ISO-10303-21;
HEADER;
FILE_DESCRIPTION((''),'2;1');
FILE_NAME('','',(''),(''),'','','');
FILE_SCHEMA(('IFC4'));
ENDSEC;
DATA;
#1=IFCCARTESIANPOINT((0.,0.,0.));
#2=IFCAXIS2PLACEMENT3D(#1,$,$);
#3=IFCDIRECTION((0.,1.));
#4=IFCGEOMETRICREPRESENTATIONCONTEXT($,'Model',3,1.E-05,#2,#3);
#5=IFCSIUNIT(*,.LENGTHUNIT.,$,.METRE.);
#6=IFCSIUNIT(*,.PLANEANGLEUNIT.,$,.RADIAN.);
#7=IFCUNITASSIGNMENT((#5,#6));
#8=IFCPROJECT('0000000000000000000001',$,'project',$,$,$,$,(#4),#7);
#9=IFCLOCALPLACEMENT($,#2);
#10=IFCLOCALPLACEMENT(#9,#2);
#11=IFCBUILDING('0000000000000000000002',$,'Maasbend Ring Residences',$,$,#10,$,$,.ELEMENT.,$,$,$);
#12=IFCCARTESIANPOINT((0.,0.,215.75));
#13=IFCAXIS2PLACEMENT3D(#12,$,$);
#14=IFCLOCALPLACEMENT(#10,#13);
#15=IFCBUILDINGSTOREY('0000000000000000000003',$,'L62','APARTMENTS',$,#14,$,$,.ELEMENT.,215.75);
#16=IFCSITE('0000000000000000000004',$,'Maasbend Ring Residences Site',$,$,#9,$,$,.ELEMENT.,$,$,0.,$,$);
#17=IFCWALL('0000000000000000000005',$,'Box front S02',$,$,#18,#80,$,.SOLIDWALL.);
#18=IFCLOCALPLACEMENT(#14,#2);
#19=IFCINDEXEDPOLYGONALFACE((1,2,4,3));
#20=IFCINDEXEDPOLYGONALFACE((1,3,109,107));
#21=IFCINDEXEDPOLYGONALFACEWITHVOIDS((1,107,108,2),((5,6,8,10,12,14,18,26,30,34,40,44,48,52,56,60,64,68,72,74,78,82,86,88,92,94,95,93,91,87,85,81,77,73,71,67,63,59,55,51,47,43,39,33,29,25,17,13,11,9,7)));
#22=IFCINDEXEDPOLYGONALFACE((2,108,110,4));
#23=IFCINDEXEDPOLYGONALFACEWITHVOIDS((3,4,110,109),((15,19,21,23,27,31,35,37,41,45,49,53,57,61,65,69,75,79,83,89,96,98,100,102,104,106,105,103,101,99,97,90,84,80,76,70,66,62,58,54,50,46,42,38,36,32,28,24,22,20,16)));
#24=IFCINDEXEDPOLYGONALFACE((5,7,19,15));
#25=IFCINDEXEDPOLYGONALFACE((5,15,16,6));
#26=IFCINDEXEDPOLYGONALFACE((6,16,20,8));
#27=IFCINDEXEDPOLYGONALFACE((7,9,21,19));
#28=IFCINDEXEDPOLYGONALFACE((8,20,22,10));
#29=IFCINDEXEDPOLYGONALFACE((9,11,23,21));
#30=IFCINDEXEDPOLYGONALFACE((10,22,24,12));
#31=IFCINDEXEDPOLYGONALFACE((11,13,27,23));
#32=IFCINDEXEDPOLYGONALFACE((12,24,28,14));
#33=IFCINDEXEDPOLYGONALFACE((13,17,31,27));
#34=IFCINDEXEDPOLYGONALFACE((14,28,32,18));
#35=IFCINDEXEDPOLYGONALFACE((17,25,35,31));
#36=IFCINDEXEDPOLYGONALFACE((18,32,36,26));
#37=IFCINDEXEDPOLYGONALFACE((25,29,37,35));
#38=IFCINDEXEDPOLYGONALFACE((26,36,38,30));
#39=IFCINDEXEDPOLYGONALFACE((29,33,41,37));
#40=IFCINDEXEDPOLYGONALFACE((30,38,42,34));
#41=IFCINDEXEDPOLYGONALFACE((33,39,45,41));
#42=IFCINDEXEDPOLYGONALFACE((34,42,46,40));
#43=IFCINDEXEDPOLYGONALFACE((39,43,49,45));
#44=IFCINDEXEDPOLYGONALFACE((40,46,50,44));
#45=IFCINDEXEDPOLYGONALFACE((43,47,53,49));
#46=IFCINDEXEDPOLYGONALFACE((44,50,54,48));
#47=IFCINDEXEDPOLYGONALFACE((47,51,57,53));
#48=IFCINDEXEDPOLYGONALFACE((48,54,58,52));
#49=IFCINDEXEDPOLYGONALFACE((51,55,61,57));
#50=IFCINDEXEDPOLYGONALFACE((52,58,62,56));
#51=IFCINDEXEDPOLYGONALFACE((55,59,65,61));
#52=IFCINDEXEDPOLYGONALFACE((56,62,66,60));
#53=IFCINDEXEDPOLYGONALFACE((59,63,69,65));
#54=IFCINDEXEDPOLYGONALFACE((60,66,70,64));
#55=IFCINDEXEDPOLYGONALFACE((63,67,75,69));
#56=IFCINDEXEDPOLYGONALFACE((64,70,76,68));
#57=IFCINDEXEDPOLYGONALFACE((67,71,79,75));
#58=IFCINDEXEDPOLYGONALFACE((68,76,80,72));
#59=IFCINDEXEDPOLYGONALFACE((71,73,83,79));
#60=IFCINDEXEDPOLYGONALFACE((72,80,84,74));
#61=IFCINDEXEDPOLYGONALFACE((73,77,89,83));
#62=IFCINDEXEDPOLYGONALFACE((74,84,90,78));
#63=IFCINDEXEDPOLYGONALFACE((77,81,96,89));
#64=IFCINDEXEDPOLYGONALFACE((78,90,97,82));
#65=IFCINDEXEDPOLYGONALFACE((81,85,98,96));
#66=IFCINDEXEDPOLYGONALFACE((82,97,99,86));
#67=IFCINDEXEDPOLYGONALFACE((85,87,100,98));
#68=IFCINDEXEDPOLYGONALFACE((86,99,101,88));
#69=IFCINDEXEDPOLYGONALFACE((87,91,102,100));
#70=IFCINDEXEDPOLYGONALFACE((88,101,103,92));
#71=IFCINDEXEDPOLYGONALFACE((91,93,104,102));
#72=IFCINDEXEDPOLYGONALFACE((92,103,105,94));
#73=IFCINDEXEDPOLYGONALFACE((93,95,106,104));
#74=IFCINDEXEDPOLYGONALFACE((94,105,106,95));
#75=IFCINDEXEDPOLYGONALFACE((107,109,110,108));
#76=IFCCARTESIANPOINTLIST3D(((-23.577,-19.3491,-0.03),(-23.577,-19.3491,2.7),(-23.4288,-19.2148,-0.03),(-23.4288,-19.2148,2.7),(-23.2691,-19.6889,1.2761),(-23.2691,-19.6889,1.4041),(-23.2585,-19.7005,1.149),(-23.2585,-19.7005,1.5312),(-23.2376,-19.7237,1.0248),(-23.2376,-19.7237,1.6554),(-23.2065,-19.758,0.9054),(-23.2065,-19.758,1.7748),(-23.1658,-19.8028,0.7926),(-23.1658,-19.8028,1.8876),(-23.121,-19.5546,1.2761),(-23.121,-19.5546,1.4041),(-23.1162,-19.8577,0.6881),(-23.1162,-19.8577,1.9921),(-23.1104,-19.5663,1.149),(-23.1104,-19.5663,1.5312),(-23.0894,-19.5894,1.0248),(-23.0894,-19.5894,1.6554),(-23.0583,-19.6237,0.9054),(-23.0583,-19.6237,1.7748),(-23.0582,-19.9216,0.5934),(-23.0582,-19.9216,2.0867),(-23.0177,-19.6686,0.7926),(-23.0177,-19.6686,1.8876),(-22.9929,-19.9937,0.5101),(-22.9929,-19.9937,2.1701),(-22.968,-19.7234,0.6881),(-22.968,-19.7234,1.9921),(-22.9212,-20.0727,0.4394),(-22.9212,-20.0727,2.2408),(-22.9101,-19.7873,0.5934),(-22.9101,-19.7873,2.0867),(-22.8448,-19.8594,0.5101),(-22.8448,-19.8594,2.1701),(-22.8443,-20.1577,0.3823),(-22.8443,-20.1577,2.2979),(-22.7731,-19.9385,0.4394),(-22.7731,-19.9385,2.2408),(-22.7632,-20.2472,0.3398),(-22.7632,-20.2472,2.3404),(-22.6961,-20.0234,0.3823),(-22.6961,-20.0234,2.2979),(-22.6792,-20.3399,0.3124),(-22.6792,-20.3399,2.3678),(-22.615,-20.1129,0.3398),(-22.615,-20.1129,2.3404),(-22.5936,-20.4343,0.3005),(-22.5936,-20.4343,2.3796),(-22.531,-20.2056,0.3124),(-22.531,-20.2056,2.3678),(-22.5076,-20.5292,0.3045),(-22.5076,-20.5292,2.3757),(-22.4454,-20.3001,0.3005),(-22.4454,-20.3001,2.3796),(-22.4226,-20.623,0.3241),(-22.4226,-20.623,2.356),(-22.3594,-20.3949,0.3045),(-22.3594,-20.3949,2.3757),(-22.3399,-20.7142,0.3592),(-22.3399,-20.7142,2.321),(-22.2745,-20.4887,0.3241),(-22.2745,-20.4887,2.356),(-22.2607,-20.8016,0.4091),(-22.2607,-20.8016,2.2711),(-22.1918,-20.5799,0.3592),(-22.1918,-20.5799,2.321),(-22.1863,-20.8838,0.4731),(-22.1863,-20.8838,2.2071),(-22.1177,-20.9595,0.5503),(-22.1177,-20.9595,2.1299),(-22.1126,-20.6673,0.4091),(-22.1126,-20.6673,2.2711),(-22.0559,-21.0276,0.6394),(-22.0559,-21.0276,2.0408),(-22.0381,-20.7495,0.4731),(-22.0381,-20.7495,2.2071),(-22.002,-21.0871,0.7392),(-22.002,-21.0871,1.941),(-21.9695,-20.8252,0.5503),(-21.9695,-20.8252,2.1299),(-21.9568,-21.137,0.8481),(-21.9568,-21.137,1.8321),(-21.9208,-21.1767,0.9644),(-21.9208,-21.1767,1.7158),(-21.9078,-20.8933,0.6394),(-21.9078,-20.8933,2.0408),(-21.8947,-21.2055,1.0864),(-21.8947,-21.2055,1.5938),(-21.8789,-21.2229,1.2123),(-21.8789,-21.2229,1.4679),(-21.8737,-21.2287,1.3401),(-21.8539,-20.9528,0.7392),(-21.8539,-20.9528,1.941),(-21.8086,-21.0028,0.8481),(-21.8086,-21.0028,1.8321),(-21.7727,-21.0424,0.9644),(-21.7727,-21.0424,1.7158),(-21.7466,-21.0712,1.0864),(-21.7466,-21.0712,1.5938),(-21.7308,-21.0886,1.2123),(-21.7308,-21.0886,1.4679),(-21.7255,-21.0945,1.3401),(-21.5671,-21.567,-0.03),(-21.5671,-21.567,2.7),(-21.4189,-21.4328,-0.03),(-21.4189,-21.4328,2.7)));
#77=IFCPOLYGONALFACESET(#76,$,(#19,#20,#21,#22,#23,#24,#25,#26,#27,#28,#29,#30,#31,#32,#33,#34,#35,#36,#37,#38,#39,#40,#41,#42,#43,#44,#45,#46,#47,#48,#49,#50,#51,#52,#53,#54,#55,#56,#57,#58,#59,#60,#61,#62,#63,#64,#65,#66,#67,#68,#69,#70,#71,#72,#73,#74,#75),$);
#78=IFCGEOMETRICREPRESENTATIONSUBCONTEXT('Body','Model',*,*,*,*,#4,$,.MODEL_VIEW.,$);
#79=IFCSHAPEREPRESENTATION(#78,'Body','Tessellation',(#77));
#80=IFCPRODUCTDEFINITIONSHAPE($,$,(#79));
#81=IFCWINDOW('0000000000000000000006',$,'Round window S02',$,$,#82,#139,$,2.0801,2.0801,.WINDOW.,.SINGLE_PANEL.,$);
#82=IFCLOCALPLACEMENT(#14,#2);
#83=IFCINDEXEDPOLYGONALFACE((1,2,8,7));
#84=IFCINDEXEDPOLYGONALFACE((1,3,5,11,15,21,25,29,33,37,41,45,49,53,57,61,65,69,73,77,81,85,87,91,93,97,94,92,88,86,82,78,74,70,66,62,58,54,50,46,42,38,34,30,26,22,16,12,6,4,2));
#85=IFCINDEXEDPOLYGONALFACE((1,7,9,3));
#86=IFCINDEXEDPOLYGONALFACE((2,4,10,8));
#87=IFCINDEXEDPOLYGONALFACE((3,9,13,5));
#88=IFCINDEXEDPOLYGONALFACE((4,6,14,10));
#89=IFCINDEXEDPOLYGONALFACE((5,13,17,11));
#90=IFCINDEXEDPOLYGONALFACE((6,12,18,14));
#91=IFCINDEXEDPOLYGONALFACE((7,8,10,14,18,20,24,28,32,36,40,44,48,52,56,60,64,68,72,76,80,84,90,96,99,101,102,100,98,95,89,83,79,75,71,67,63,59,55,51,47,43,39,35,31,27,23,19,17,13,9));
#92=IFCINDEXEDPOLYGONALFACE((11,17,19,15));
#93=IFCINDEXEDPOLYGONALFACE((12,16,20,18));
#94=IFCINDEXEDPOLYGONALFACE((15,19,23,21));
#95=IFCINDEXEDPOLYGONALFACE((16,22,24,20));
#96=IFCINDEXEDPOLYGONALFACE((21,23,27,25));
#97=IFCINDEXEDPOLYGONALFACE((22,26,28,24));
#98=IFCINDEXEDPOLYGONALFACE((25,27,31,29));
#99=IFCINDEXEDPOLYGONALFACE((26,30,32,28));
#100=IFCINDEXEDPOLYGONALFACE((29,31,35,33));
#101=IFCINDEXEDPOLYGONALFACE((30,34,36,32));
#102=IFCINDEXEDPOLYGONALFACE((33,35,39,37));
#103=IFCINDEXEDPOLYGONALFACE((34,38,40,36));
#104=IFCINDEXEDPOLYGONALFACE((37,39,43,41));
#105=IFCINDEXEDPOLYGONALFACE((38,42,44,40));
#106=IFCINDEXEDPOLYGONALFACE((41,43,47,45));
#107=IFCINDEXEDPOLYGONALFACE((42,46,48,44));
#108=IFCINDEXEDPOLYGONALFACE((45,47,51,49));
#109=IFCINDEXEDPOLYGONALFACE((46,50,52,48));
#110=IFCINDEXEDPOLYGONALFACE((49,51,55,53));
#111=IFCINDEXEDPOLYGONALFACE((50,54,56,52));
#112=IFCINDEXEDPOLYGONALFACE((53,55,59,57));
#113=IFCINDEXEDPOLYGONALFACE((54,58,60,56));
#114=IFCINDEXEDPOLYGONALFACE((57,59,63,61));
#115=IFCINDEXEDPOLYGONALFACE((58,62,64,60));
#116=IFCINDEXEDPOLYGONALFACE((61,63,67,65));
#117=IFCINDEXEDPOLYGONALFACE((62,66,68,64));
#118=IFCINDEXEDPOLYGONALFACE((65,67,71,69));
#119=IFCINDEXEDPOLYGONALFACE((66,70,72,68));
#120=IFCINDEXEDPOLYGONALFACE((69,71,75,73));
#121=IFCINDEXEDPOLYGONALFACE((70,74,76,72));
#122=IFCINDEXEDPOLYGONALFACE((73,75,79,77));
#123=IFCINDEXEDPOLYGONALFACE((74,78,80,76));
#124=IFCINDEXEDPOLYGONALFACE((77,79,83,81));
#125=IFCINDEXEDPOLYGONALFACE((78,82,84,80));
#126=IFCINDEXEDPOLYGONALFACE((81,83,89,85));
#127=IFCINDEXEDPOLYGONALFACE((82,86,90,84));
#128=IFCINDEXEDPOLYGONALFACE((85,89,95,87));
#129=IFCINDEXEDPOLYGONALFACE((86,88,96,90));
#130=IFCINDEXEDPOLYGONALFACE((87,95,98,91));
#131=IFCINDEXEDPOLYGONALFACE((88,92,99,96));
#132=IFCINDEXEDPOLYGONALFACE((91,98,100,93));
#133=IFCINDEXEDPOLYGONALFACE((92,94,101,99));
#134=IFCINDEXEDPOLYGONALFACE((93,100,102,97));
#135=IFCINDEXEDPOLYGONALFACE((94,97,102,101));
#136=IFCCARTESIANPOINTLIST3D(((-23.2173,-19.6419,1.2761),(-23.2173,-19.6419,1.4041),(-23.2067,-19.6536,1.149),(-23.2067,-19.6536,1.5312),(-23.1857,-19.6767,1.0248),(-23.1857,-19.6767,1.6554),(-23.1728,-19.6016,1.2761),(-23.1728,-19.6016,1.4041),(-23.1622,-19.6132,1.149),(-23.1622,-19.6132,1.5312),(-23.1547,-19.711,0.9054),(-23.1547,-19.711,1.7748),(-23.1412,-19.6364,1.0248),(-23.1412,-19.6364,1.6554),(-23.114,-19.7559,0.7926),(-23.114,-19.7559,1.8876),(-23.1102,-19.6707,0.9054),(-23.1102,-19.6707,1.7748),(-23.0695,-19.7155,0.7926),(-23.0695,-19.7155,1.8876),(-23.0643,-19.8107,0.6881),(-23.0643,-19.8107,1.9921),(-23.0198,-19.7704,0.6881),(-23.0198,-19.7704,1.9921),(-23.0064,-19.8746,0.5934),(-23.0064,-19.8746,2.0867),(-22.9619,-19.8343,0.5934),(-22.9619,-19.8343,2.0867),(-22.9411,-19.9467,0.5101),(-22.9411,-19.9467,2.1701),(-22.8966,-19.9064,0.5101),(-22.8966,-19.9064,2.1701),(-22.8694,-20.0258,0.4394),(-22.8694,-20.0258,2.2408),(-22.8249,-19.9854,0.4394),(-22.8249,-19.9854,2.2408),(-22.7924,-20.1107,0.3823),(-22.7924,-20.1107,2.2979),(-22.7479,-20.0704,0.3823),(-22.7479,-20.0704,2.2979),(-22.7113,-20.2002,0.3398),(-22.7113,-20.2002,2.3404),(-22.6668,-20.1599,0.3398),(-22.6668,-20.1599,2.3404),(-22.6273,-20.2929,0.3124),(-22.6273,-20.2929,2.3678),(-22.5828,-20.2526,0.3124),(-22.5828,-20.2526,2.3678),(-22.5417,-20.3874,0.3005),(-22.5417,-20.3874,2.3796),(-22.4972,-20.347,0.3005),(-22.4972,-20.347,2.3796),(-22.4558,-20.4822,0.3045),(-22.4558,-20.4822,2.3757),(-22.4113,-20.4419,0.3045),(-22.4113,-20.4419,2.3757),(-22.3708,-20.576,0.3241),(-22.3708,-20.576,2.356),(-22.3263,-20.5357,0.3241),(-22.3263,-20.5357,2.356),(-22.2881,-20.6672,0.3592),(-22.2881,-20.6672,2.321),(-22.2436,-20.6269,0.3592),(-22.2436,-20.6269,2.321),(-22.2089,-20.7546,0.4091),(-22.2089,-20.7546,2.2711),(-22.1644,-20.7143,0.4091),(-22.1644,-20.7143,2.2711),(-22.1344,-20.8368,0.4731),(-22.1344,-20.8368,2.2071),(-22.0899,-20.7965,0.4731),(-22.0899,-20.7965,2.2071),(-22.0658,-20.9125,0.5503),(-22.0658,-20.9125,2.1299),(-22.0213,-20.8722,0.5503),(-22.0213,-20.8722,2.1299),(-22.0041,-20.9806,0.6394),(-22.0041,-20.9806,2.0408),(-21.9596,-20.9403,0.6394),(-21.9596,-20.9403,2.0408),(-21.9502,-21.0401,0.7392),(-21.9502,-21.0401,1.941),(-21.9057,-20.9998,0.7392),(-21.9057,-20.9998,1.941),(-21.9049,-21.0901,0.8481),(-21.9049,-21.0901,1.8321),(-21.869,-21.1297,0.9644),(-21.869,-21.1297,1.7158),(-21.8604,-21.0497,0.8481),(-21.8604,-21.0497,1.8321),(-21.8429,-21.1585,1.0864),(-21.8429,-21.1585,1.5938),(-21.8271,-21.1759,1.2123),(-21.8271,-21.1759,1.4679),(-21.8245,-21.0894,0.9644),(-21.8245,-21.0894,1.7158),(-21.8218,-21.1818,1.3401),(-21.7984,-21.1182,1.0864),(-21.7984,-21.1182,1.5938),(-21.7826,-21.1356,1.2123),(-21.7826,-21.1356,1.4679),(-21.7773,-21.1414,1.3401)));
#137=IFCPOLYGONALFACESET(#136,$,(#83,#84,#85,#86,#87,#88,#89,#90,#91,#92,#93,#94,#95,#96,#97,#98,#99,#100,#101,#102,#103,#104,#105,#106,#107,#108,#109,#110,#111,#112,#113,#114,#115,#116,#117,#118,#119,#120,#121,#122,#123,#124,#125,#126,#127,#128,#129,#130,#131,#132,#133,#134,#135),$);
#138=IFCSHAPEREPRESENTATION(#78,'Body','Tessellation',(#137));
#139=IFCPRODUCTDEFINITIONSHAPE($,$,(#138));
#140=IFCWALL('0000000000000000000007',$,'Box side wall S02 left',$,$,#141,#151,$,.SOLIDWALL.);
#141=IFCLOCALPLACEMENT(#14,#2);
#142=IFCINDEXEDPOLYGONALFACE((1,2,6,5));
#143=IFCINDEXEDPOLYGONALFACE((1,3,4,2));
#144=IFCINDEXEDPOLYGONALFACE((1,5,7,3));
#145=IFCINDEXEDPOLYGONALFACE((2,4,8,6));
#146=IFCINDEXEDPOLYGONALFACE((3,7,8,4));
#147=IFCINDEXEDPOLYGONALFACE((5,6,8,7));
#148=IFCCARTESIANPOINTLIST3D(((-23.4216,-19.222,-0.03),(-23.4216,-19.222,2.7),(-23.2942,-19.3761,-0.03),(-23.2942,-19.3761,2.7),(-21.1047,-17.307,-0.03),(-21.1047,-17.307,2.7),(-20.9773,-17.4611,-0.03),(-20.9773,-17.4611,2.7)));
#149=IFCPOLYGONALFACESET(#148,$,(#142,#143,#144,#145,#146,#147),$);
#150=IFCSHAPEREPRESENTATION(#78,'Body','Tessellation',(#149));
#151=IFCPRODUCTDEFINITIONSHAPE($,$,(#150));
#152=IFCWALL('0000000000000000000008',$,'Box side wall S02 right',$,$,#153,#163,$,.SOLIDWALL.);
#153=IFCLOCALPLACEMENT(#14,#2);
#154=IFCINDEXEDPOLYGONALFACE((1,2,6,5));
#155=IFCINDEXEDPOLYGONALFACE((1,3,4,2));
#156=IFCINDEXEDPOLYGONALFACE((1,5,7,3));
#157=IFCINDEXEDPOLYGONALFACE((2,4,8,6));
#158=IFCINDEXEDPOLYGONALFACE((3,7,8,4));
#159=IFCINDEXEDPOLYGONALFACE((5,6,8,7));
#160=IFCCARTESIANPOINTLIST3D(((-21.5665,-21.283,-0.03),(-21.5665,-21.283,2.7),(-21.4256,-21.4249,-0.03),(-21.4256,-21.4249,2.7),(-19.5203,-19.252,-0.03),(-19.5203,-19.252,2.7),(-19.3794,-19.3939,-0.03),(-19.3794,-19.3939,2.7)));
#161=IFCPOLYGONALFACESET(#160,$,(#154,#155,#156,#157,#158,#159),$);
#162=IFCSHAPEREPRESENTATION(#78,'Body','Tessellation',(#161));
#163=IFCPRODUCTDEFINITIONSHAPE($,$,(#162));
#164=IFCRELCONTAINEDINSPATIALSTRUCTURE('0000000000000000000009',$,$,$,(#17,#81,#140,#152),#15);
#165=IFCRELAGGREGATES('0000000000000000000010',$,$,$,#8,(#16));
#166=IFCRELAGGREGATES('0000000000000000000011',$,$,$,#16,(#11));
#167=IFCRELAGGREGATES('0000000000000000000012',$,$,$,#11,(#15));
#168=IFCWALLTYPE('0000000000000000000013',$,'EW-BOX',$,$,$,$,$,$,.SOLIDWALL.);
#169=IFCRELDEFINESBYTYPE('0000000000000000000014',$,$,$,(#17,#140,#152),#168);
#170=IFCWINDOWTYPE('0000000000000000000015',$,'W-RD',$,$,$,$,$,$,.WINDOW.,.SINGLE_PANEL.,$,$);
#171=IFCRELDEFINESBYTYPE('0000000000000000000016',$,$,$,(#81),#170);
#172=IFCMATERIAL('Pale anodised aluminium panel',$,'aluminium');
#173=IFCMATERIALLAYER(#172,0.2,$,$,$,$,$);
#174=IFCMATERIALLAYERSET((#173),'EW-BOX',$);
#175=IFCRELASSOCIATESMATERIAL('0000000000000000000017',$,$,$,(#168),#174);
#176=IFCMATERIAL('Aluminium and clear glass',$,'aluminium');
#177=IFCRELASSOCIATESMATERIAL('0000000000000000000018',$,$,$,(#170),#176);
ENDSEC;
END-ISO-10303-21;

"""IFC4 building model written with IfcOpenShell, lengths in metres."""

from ifc_helpers import new_model, si_unit, direction, frame, frame_2d, origin, place, context, subcontext, project, spatial, rectangle, circle, extrude, material, layer, layer_set, type_object, element, fill, save


model = new_model("IFC4")

# Units and contexts
model_context = context("Model", 3, precision=1e-05, world=origin(), true_north=direction((0.0, 1.0)))
body_context = subcontext(model_context, "Body", "Model", "MODEL_VIEW")
ifc_project = project(units=[si_unit("LENGTHUNIT", "METRE"), si_unit("PLANEANGLEUNIT", "RADIAN")], contexts=[model_context])

# Site, building, storey
site_placement = place(None, origin())
site = spatial("IfcSite", under=ifc_project, at=site_placement, Name="Maasbend Ring Residences Site", CompositionType="ELEMENT", RefElevation=0.0)
building_placement = place(site_placement, origin())
building = spatial("IfcBuilding", under=site, at=building_placement, Name="Maasbend Ring Residences", CompositionType="ELEMENT")
storey_placement = place(building_placement, frame((0.0, 0.0, 215.75)))
storey = spatial("IfcBuildingStorey", under=building, at=storey_placement, Name="L62", Description="APARTMENTS", CompositionType="ELEMENT", Elevation=215.75)

# Wall, opening, window
ifc_material_1 = material(Name="Pale anodised aluminium panel", Category="aluminium")
ifc_layer_1 = layer(ifc_material_1, 0.2)
ifc_layer_set_1 = layer_set([ifc_layer_1], Name="EW-BOX")
wall_type_1 = type_object("IfcWallType", Name="EW-BOX", PredefinedType="SOLIDWALL", material=ifc_layer_set_1)
wall_1_placement = place(storey_placement, frame((-23.5029, -19.282, -0.03), z_axis=(0.0, 0.0, 1.0), x_axis=(0.671507, -0.740998, 0.0)))
wall_1 = element("IfcWall", 1, at=wall_1_placement, inside=storey, type_object=wall_type_1, Name="Box front S02", PredefinedType="SOLIDWALL", context=body_context, shape_type="SweptSolid", body=[
    extrude(rectangle(XDim=2.9932, YDim=0.2, at=frame_2d((1.4966, 0.0))), origin(), (0.0, 0.0, 1.0), 2.73),
])
opening_1_placement = place(wall_1_placement, frame((0.4565, 0.0, 0.3301)))
opening_1 = element("IfcOpeningElement", 2, at=opening_1_placement, cuts=wall_1, PredefinedType="OPENING", context=body_context, shape_type="SweptSolid", body=[
    extrude(circle(Radius=1.04, at=frame_2d((1.04, 1.04))), frame((0.0, 0.1099, 0.0), z_axis=(0.0, -1.0, 0.0), x_axis=(1.0, 0.0, 0.0)), (0.0, 0.0, 1.0), 0.22),
])
ifc_material_2 = material(Name="Aluminium and clear glass", Category="aluminium")
window_type_1 = type_object("IfcWindowType", Name="W-RD", PartitioningType="SINGLE_PANEL", PredefinedType="WINDOW", material=ifc_material_2)
window_1_placement = place(opening_1_placement, origin())
window_1 = element("IfcWindow", 3, at=window_1_placement, inside=storey, type_object=window_type_1, Name="Round window S02", OverallHeight=2.0801, OverallWidth=2.0801, PartitioningType="SINGLE_PANEL", PredefinedType="WINDOW", context=body_context, shape_type="SweptSolid", body=[
    extrude(circle(Radius=1.04, at=frame_2d((1.04, 1.04))), frame((0.0, 0.03, 0.0), z_axis=(0.0, -1.0, 0.0), x_axis=(1.0, 0.0, 0.0)), (0.0, 0.0, 1.0), 0.0601),
])
fill(opening_1, window_1)

# Walls
wall_2_placement = place(storey_placement, frame((-21.041, -17.384, -0.03), z_axis=(0.0, 0.0, 1.0), x_axis=(-0.770785, -0.637096, 0.0)))
element("IfcWall", 4, at=wall_2_placement, inside=storey, type_object=wall_type_1, Name="Box side wall S02 left", PredefinedType="SOLIDWALL", context=body_context, shape_type="SweptSolid", body=[
    extrude(rectangle(XDim=3.0059, YDim=0.2, at=frame_2d((1.5029, 0.0))), origin(), (0.0, 0.0, 1.0), 2.73),
])
wall_3_placement = place(storey_placement, frame((-19.45, -19.323, -0.03), z_axis=(0.0, 0.0, 1.0), x_axis=(-0.709727, -0.704477, 0.0)))
element("IfcWall", 5, at=wall_3_placement, inside=storey, type_object=wall_type_1, Name="Box side wall S02 right", PredefinedType="SOLIDWALL", context=body_context, shape_type="SweptSolid", body=[
    extrude(rectangle(XDim=2.8831, YDim=0.2, at=frame_2d((1.4414, 0.0))), origin(), (0.0, 0.0, 1.0), 2.73),
])

save(model, "model.ifc")
